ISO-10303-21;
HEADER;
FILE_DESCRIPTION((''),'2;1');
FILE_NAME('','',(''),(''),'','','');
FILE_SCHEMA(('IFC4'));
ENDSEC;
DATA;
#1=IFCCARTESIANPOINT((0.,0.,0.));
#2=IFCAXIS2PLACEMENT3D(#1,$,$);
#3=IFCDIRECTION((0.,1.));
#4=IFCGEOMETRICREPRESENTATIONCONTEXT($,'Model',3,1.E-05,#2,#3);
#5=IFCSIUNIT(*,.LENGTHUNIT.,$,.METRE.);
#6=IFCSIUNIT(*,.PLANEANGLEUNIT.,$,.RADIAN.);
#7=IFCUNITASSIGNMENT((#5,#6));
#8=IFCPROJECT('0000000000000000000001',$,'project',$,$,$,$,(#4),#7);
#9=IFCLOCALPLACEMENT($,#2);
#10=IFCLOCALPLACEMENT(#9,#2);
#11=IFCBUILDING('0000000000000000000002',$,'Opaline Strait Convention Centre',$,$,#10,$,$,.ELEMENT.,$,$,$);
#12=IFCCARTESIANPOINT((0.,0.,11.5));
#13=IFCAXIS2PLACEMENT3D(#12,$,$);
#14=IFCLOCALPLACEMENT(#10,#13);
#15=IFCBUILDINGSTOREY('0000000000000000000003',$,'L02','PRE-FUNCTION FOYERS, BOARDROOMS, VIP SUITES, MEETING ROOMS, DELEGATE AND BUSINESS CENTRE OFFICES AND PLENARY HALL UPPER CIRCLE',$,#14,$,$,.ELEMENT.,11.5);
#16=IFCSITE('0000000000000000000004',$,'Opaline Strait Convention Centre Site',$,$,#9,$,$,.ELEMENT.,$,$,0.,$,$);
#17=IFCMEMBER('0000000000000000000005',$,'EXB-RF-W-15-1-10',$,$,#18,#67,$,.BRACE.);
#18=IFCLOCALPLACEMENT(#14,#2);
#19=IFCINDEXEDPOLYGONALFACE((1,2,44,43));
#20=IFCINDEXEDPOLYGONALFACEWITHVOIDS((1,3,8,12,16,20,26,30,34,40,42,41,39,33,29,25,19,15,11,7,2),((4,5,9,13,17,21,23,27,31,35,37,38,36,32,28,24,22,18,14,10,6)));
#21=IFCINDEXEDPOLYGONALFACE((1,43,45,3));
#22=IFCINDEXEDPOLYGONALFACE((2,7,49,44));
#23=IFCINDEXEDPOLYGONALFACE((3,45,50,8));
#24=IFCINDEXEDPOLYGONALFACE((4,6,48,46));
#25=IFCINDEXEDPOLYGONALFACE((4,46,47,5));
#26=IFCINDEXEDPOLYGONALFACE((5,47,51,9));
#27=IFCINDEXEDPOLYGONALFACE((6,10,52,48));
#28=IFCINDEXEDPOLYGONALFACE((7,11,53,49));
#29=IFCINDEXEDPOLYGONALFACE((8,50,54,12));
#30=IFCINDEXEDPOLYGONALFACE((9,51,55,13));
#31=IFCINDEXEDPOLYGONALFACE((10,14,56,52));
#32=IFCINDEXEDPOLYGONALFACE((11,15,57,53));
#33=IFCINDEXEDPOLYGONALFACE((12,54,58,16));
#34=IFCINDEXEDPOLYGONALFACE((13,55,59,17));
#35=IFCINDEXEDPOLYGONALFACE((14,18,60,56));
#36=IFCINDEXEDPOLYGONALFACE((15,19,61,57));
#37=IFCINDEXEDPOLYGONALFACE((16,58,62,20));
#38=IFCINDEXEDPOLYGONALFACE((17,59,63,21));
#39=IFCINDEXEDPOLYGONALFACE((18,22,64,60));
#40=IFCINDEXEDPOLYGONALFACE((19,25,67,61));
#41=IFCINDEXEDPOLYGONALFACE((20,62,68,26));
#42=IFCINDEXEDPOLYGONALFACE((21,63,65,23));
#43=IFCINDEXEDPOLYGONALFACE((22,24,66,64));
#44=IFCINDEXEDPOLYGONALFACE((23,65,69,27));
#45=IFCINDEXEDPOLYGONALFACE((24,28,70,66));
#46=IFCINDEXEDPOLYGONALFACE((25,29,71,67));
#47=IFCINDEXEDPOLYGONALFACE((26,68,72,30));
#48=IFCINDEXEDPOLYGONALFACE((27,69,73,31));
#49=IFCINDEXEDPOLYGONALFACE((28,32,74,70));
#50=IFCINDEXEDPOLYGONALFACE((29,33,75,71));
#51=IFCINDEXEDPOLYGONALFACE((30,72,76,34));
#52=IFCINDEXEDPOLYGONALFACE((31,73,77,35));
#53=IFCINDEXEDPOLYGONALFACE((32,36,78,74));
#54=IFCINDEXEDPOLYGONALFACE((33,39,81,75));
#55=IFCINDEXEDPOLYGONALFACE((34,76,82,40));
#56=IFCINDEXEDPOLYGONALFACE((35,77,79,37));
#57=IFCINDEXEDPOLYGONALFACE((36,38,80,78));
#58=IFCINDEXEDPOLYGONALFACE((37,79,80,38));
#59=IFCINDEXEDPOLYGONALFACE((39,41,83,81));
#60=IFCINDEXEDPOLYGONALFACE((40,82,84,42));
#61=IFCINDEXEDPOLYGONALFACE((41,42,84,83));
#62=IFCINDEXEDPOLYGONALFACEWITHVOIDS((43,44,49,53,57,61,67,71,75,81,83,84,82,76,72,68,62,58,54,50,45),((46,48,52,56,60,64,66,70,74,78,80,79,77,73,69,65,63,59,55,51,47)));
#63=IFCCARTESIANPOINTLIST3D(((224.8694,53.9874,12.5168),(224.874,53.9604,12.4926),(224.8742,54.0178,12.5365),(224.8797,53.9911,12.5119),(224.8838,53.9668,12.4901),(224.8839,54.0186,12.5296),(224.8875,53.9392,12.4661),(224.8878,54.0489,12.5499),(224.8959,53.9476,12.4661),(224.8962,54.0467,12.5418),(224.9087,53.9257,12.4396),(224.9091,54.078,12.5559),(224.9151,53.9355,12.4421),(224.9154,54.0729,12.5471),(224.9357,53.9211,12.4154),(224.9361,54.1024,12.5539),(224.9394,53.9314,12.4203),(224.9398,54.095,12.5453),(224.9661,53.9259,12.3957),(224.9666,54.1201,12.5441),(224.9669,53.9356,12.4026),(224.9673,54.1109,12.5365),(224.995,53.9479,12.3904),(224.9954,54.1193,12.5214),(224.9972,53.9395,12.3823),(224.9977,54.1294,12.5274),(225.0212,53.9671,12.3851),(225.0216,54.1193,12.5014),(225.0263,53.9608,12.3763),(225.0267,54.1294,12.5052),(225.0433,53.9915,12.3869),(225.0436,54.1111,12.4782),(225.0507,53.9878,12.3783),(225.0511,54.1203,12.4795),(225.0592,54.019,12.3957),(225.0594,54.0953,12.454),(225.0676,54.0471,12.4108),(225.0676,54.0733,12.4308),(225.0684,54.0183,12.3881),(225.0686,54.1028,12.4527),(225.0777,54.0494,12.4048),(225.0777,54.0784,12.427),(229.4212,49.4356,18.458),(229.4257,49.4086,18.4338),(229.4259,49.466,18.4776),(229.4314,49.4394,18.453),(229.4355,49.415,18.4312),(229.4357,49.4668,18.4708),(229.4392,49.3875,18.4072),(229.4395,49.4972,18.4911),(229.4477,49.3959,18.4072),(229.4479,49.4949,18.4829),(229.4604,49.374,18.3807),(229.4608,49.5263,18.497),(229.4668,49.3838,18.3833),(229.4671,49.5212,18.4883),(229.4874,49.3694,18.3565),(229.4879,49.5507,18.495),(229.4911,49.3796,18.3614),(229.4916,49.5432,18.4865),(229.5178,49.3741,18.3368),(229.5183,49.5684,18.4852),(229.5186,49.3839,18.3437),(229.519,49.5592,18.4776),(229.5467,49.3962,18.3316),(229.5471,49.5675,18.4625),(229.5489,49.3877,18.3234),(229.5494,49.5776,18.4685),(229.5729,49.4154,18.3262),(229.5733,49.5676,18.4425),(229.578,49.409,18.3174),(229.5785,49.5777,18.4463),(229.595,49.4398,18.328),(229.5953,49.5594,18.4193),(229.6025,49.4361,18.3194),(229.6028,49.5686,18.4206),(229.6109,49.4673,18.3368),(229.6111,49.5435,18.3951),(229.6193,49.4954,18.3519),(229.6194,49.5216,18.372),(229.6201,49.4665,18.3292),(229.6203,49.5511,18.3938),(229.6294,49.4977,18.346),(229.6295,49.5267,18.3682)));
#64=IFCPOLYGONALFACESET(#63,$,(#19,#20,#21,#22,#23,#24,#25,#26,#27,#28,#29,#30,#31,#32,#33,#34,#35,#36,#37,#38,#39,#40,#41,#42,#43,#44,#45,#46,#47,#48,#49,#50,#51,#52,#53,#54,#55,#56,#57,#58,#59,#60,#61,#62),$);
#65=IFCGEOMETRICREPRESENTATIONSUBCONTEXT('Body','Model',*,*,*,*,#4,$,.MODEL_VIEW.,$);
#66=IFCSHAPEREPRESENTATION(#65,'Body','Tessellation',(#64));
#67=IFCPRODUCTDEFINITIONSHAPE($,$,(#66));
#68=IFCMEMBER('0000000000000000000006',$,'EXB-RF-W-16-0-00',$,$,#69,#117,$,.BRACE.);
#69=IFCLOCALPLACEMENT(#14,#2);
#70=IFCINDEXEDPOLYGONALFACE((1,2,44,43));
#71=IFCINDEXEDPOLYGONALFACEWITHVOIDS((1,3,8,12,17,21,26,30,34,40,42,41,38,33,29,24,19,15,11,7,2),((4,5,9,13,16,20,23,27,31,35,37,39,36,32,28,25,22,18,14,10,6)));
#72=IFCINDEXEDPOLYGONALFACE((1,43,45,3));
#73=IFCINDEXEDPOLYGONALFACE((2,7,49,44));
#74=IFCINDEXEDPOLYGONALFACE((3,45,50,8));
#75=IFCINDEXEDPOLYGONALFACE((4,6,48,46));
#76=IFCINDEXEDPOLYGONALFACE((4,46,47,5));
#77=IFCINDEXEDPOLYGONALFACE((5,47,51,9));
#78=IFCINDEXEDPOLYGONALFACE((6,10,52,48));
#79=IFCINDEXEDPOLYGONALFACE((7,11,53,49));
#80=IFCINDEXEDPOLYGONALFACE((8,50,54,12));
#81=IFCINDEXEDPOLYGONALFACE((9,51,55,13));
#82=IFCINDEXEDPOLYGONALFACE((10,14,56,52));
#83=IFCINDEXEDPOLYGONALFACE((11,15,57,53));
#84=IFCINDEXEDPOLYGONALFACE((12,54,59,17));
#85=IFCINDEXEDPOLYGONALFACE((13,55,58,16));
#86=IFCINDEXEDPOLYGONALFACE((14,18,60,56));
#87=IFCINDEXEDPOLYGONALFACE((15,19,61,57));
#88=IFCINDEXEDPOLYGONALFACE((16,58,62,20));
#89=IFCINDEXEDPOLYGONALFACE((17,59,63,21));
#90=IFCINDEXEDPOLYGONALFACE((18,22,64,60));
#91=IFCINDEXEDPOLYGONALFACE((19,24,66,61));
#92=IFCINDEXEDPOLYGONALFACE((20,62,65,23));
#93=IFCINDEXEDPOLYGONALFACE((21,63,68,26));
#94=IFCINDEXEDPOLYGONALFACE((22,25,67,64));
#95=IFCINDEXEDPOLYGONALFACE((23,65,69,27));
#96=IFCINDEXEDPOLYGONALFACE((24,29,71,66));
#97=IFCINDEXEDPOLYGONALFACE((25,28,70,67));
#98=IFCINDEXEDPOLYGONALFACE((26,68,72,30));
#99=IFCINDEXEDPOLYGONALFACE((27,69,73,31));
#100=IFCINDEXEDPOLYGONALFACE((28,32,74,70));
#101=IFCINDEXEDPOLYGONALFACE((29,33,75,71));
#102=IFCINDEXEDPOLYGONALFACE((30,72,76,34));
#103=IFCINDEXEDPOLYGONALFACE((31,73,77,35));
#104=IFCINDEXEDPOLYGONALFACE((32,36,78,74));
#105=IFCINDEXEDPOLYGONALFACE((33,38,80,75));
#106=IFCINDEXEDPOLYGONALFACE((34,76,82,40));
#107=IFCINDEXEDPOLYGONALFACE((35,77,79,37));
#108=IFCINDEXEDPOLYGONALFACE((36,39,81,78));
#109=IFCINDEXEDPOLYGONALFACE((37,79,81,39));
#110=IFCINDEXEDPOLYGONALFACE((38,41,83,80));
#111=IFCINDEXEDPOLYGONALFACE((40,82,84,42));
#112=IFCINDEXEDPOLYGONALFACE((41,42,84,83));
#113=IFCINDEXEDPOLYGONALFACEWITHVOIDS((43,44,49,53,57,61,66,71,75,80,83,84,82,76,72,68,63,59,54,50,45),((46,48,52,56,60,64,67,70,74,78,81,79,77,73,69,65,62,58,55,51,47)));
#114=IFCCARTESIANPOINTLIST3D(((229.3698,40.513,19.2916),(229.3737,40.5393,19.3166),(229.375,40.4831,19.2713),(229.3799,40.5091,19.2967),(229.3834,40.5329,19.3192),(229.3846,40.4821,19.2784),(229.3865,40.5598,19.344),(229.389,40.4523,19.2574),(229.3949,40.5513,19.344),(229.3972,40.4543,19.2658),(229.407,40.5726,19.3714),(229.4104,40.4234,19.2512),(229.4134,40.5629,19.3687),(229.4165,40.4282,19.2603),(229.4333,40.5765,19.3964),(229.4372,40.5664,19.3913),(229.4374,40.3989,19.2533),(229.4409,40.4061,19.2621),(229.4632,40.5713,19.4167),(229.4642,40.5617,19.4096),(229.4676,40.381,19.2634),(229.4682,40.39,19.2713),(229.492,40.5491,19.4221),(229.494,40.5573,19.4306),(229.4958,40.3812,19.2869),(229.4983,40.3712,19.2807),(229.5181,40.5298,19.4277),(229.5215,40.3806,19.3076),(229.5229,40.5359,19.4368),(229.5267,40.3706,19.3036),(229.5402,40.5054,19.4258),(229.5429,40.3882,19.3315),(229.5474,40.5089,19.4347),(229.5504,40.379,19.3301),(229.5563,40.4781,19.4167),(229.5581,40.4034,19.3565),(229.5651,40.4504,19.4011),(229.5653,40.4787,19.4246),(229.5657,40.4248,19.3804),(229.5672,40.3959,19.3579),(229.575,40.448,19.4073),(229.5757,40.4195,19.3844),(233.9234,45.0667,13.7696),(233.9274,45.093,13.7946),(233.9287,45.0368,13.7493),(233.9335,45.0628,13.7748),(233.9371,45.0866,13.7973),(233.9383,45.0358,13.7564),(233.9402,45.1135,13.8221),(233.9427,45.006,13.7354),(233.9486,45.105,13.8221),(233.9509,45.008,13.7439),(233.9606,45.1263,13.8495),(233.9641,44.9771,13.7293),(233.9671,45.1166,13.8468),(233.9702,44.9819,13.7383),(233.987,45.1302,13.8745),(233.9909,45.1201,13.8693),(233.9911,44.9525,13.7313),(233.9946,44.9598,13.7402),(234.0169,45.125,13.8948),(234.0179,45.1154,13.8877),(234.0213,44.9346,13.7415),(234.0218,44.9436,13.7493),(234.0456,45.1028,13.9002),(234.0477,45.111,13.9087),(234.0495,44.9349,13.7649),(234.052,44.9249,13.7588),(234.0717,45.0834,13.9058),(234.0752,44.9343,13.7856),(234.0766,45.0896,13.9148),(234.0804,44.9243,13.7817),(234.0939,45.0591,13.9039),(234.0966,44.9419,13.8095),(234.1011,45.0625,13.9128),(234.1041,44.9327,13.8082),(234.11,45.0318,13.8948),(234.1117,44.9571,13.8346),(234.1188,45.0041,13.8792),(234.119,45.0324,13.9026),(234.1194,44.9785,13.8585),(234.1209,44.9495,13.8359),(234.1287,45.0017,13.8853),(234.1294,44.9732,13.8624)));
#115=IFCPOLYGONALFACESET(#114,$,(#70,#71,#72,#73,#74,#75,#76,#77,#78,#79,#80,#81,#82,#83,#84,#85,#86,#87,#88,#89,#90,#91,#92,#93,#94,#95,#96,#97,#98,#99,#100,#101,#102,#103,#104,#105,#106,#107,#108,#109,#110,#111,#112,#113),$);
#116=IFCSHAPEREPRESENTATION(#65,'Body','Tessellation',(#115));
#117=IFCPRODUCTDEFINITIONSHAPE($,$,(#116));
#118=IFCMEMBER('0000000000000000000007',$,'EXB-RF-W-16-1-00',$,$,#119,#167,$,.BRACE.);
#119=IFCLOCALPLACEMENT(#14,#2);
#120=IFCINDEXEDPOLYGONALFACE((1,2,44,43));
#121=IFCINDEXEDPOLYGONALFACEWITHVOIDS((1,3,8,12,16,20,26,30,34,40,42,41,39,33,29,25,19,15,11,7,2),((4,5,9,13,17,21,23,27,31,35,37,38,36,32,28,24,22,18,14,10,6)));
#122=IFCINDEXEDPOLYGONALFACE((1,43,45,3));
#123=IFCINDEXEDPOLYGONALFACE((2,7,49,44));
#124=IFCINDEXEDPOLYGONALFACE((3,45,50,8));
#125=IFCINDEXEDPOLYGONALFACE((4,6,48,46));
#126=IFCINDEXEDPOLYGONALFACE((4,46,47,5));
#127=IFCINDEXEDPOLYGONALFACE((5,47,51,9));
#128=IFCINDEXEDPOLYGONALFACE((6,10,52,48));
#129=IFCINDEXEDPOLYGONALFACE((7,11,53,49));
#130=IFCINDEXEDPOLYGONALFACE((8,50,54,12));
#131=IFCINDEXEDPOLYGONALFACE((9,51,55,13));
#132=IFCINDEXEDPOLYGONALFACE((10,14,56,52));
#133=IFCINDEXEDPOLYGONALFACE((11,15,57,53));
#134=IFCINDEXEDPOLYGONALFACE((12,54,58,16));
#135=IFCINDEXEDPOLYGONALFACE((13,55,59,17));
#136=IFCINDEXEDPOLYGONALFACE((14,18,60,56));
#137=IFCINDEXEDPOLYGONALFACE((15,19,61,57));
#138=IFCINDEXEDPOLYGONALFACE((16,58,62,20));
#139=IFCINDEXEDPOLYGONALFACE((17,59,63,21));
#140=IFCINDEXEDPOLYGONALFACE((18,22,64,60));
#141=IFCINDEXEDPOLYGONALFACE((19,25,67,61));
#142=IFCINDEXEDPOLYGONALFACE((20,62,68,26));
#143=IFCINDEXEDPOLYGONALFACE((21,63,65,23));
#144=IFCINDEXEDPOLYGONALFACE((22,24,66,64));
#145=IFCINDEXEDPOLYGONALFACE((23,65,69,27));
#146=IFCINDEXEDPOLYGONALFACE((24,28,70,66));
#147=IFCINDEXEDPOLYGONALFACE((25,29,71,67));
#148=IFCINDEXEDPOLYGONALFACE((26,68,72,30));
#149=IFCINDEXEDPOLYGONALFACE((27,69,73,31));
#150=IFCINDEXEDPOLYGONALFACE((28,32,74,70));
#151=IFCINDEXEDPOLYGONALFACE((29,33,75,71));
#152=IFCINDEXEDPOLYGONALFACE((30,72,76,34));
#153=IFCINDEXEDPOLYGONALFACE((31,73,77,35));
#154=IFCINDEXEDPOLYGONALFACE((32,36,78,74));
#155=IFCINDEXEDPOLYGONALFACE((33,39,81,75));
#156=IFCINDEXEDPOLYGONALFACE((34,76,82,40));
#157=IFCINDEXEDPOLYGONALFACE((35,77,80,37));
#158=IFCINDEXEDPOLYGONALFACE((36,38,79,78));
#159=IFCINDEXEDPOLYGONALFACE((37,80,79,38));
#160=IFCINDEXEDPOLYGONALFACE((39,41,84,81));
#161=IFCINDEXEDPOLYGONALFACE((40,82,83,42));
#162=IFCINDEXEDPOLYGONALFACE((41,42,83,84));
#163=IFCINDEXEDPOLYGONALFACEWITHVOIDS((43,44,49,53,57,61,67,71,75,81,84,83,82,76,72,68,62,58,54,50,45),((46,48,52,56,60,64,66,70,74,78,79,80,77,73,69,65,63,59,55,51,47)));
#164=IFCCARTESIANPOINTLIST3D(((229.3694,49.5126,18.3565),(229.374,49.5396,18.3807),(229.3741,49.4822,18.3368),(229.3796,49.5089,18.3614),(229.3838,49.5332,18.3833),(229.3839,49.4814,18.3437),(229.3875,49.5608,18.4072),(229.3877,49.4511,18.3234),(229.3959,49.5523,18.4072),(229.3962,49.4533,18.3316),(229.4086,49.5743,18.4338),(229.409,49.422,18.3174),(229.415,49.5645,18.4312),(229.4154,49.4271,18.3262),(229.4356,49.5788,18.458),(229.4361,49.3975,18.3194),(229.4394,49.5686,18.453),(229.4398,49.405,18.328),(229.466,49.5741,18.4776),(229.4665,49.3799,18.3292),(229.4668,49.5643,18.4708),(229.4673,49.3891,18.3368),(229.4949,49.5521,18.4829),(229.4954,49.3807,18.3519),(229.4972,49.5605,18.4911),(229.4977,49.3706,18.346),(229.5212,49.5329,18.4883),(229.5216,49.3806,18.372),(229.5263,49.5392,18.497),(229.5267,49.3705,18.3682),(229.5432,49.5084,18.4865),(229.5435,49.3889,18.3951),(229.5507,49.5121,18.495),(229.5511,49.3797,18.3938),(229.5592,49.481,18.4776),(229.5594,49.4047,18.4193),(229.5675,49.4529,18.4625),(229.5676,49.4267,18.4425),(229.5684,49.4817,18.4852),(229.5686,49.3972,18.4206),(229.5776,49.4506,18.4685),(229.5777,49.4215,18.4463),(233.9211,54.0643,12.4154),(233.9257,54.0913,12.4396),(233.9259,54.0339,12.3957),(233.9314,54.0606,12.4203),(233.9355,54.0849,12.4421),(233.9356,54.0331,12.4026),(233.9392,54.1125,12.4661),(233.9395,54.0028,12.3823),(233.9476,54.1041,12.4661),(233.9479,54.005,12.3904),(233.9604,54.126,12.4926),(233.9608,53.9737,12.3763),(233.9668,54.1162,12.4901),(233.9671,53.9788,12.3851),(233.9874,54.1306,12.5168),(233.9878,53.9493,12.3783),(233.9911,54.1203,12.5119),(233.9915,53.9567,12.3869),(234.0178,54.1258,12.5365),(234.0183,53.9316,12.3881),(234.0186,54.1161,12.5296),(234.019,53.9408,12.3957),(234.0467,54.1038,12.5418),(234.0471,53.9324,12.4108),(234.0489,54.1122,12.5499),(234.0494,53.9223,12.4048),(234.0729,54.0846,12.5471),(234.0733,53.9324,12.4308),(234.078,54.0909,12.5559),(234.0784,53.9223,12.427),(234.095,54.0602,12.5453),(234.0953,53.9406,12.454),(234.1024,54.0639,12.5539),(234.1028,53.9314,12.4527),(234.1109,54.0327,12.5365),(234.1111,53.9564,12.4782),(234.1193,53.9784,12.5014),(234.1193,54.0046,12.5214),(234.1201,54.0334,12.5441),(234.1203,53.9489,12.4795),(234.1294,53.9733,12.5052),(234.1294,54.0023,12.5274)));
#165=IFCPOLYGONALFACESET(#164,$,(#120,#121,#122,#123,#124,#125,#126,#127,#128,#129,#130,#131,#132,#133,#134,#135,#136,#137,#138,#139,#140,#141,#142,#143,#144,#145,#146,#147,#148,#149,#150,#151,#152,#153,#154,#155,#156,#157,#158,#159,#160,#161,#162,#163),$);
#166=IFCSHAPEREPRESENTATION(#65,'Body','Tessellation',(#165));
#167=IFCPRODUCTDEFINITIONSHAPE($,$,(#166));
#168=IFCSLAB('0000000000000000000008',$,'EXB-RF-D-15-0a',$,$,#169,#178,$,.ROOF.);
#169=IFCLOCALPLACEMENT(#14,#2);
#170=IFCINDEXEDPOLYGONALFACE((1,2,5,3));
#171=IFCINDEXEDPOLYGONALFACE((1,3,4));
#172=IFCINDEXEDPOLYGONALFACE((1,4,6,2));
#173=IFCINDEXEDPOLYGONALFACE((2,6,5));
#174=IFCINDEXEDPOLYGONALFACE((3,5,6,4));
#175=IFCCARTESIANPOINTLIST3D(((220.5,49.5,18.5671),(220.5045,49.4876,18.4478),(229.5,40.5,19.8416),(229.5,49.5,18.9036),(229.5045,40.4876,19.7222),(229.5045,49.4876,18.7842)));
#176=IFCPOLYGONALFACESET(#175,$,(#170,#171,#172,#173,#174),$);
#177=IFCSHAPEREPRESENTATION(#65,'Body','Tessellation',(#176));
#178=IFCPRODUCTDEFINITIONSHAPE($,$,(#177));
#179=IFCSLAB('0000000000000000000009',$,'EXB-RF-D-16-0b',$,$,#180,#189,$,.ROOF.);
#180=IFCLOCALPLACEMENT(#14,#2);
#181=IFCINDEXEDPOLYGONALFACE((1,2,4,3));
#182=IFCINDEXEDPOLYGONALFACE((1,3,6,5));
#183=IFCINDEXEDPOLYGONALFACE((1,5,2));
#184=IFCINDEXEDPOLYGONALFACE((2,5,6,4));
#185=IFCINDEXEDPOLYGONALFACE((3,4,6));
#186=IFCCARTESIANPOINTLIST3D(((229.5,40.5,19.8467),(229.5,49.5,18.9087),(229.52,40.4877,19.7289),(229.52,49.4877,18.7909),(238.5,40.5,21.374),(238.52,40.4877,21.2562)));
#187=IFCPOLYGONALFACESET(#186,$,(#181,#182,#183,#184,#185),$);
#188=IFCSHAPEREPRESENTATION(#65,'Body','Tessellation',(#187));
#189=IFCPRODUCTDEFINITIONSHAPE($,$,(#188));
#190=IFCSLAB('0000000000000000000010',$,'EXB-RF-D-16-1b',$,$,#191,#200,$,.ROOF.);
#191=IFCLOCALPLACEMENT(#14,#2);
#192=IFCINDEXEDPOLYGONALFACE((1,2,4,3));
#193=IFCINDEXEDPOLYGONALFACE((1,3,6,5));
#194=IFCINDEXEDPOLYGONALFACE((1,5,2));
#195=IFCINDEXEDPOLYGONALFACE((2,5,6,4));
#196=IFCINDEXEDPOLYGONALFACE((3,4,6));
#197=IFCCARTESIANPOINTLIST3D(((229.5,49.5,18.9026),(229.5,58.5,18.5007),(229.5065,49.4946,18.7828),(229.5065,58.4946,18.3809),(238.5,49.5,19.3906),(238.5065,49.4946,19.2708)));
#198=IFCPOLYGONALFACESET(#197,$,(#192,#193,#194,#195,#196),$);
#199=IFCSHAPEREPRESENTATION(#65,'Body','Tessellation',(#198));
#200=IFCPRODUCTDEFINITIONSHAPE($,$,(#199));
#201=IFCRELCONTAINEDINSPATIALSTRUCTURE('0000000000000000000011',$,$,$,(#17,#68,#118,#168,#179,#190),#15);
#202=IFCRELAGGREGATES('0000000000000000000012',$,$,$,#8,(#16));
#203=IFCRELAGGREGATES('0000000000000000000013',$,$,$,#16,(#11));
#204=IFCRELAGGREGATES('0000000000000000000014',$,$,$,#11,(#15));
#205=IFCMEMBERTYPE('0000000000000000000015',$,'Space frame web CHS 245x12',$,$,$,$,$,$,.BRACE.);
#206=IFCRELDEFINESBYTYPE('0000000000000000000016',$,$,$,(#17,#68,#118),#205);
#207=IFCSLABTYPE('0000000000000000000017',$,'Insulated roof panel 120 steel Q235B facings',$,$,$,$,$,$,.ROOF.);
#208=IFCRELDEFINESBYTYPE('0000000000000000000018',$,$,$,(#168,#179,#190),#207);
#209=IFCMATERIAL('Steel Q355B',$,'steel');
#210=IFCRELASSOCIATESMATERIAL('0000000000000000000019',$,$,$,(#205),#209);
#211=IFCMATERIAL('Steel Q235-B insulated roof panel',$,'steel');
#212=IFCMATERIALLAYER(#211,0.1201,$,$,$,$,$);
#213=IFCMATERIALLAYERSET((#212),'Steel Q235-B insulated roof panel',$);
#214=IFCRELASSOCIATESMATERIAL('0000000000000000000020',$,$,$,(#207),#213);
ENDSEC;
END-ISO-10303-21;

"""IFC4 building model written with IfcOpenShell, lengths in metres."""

from ifc_helpers import new_model, si_unit, direction, frame, origin, origin_2d, place, context, subcontext, project, spatial, polyline, hollow_circle, outline, extrude, material, layer, layer_set, material_profile, profile_set, type_object, element, save


model = new_model("IFC4")

# Units and contexts
model_context = context("Model", 3, precision=1e-05, world=origin(), true_north=direction((0.0, 1.0)))
body_context = subcontext(model_context, "Body", "Model", "MODEL_VIEW")
ifc_project = project(units=[si_unit("LENGTHUNIT", "METRE"), si_unit("PLANEANGLEUNIT", "RADIAN")], contexts=[model_context])

# Site, building, storey
site_placement = place(None, origin())
site = spatial("IfcSite", under=ifc_project, at=site_placement, Name="Opaline Strait Convention Centre Site", CompositionType="ELEMENT", RefElevation=0.0)
building_placement = place(site_placement, origin())
building = spatial("IfcBuilding", under=site, at=building_placement, Name="Opaline Strait Convention Centre", CompositionType="ELEMENT")
storey_placement = place(building_placement, frame((0.0, 0.0, 11.5)))
storey = spatial("IfcBuildingStorey", under=building, at=storey_placement, Name="L02", Description="PRE-FUNCTION FOYERS, BOARDROOMS, VIP SUITES, MEETING ROOMS, DELEGATE AND BUSINESS CENTRE OFFICES AND PLENARY HALL UPPER CIRCLE", CompositionType="ELEMENT", Elevation=11.5)

# Members
ifc_material_1 = material(Name="Steel Q355B", Category="steel")
ifc_material_profile_1 = material_profile(ifc_material_1, hollow_circle(Radius=0.1226, WallThickness=0.012, at=origin_2d()), Name="CHS 245x12")
ifc_profile_set_1 = profile_set([ifc_material_profile_1], Name="Steel Q355B")
member_type_1 = type_object("IfcMemberType", Name="Space frame web CHS 245x12", PredefinedType="BRACE", material=ifc_profile_set_1)
member_1_placement = place(storey_placement, frame((229.5259, 49.4741, 18.4072), z_axis=(-0.519618, 0.519618, -0.678229), x_axis=(-0.707107, -0.707107, 0.0)))
element("IfcMember", 1, at=member_1_placement, inside=storey, type_object=member_type_1, Name="EXB-RF-W-15-1-10", PredefinedType="BRACE", context=body_context, shape_type="SweptSolid", body=[
    extrude(hollow_circle(Radius=0.1226, WallThickness=0.012, at=origin_2d()), origin(), (0.0, 0.0, 1.0), 8.7598),
])
member_2_placement = place(storey_placement, frame((229.4731, 40.4731, 19.344), z_axis=(0.536791, 0.536791, -0.65093), x_axis=(-0.707107, 0.707107, 0.0)))
element("IfcMember", 2, at=member_2_placement, inside=storey, type_object=member_type_1, Name="EXB-RF-W-16-0-00", PredefinedType="BRACE", context=body_context, shape_type="SweptSolid", body=[
    extrude(hollow_circle(Radius=0.1226, WallThickness=0.012, at=origin_2d()), origin(), (0.0, 0.0, 1.0), 8.4832),
])
member_3_placement = place(storey_placement, frame((229.4741, 49.4741, 18.4072), z_axis=(0.519618, 0.519618, -0.678229), x_axis=(-0.707107, 0.707107, 0.0)))
element("IfcMember", 3, at=member_3_placement, inside=storey, type_object=member_type_1, Name="EXB-RF-W-16-1-00", PredefinedType="BRACE", context=body_context, shape_type="SweptSolid", body=[
    extrude(hollow_circle(Radius=0.1226, WallThickness=0.012, at=origin_2d()), origin(), (0.0, 0.0, 1.0), 8.7598),
])

# Slabs
ifc_material_2 = material(Name="Steel Q235-B insulated roof panel", Category="steel")
ifc_layer_1 = layer(ifc_material_2, 0.1201)
ifc_layer_set_1 = layer_set([ifc_layer_1], Name="Steel Q235-B insulated roof panel")
slab_type = type_object("IfcSlabType", Name="Insulated roof panel 120 steel Q235B facings", PredefinedType="ROOF", material=ifc_layer_set_1)
slab_1_placement = place(storey_placement, frame((229.5, 40.5, 19.8416), z_axis=(-0.037154, 0.103588, 0.993926), x_axis=(0.0, 0.994613, -0.103659)))
element("IfcSlab", 4, at=slab_1_placement, inside=storey, type_object=slab_type, Name="EXB-RF-D-15-0a", PredefinedType="ROOF", context=body_context, shape_type="SweptSolid", body=[
    extrude(outline(polyline([(0.0, 0.0), (9.0487, 0.0), (9.0836, 9.0062), (0.0, 0.0)])), origin(), (0.0, 0.0, -1.0), 0.1201),
])
slab_2_placement = place(storey_placement, frame((229.5, 40.5, 19.8467), z_axis=(-0.166436, 0.102214, 0.98074), x_axis=(0.985904, 0.0, 0.167313)))
element("IfcSlab", 5, at=slab_2_placement, inside=storey, type_object=slab_type, Name="EXB-RF-D-16-0b", PredefinedType="ROOF", context=body_context, shape_type="SweptSolid", body=[
    extrude(outline(polyline([(0.0, 0.0), (9.1287, 0.0), (-0.1569, 9.0474), (0.0, 0.0)])), origin(), (0.0, 0.0, -1.0), 0.1201),
])
slab_3_placement = place(storey_placement, frame((229.5, 49.5, 18.9026), z_axis=(-0.054093, 0.044541, 0.997542), x_axis=(0.998533, 0.0, 0.054147)))
element("IfcSlab", 6, at=slab_3_placement, inside=storey, type_object=slab_type, Name="EXB-RF-D-16-1b", PredefinedType="ROOF", context=body_context, shape_type="SweptSolid", body=[
    extrude(outline(polyline([(0.0, 0.0), (9.0132, 0.0), (-0.0218, 9.0089), (0.0, 0.0)])), origin(), (0.0, 0.0, -1.0), 0.1201),
])

save(model, "model.ifc")
